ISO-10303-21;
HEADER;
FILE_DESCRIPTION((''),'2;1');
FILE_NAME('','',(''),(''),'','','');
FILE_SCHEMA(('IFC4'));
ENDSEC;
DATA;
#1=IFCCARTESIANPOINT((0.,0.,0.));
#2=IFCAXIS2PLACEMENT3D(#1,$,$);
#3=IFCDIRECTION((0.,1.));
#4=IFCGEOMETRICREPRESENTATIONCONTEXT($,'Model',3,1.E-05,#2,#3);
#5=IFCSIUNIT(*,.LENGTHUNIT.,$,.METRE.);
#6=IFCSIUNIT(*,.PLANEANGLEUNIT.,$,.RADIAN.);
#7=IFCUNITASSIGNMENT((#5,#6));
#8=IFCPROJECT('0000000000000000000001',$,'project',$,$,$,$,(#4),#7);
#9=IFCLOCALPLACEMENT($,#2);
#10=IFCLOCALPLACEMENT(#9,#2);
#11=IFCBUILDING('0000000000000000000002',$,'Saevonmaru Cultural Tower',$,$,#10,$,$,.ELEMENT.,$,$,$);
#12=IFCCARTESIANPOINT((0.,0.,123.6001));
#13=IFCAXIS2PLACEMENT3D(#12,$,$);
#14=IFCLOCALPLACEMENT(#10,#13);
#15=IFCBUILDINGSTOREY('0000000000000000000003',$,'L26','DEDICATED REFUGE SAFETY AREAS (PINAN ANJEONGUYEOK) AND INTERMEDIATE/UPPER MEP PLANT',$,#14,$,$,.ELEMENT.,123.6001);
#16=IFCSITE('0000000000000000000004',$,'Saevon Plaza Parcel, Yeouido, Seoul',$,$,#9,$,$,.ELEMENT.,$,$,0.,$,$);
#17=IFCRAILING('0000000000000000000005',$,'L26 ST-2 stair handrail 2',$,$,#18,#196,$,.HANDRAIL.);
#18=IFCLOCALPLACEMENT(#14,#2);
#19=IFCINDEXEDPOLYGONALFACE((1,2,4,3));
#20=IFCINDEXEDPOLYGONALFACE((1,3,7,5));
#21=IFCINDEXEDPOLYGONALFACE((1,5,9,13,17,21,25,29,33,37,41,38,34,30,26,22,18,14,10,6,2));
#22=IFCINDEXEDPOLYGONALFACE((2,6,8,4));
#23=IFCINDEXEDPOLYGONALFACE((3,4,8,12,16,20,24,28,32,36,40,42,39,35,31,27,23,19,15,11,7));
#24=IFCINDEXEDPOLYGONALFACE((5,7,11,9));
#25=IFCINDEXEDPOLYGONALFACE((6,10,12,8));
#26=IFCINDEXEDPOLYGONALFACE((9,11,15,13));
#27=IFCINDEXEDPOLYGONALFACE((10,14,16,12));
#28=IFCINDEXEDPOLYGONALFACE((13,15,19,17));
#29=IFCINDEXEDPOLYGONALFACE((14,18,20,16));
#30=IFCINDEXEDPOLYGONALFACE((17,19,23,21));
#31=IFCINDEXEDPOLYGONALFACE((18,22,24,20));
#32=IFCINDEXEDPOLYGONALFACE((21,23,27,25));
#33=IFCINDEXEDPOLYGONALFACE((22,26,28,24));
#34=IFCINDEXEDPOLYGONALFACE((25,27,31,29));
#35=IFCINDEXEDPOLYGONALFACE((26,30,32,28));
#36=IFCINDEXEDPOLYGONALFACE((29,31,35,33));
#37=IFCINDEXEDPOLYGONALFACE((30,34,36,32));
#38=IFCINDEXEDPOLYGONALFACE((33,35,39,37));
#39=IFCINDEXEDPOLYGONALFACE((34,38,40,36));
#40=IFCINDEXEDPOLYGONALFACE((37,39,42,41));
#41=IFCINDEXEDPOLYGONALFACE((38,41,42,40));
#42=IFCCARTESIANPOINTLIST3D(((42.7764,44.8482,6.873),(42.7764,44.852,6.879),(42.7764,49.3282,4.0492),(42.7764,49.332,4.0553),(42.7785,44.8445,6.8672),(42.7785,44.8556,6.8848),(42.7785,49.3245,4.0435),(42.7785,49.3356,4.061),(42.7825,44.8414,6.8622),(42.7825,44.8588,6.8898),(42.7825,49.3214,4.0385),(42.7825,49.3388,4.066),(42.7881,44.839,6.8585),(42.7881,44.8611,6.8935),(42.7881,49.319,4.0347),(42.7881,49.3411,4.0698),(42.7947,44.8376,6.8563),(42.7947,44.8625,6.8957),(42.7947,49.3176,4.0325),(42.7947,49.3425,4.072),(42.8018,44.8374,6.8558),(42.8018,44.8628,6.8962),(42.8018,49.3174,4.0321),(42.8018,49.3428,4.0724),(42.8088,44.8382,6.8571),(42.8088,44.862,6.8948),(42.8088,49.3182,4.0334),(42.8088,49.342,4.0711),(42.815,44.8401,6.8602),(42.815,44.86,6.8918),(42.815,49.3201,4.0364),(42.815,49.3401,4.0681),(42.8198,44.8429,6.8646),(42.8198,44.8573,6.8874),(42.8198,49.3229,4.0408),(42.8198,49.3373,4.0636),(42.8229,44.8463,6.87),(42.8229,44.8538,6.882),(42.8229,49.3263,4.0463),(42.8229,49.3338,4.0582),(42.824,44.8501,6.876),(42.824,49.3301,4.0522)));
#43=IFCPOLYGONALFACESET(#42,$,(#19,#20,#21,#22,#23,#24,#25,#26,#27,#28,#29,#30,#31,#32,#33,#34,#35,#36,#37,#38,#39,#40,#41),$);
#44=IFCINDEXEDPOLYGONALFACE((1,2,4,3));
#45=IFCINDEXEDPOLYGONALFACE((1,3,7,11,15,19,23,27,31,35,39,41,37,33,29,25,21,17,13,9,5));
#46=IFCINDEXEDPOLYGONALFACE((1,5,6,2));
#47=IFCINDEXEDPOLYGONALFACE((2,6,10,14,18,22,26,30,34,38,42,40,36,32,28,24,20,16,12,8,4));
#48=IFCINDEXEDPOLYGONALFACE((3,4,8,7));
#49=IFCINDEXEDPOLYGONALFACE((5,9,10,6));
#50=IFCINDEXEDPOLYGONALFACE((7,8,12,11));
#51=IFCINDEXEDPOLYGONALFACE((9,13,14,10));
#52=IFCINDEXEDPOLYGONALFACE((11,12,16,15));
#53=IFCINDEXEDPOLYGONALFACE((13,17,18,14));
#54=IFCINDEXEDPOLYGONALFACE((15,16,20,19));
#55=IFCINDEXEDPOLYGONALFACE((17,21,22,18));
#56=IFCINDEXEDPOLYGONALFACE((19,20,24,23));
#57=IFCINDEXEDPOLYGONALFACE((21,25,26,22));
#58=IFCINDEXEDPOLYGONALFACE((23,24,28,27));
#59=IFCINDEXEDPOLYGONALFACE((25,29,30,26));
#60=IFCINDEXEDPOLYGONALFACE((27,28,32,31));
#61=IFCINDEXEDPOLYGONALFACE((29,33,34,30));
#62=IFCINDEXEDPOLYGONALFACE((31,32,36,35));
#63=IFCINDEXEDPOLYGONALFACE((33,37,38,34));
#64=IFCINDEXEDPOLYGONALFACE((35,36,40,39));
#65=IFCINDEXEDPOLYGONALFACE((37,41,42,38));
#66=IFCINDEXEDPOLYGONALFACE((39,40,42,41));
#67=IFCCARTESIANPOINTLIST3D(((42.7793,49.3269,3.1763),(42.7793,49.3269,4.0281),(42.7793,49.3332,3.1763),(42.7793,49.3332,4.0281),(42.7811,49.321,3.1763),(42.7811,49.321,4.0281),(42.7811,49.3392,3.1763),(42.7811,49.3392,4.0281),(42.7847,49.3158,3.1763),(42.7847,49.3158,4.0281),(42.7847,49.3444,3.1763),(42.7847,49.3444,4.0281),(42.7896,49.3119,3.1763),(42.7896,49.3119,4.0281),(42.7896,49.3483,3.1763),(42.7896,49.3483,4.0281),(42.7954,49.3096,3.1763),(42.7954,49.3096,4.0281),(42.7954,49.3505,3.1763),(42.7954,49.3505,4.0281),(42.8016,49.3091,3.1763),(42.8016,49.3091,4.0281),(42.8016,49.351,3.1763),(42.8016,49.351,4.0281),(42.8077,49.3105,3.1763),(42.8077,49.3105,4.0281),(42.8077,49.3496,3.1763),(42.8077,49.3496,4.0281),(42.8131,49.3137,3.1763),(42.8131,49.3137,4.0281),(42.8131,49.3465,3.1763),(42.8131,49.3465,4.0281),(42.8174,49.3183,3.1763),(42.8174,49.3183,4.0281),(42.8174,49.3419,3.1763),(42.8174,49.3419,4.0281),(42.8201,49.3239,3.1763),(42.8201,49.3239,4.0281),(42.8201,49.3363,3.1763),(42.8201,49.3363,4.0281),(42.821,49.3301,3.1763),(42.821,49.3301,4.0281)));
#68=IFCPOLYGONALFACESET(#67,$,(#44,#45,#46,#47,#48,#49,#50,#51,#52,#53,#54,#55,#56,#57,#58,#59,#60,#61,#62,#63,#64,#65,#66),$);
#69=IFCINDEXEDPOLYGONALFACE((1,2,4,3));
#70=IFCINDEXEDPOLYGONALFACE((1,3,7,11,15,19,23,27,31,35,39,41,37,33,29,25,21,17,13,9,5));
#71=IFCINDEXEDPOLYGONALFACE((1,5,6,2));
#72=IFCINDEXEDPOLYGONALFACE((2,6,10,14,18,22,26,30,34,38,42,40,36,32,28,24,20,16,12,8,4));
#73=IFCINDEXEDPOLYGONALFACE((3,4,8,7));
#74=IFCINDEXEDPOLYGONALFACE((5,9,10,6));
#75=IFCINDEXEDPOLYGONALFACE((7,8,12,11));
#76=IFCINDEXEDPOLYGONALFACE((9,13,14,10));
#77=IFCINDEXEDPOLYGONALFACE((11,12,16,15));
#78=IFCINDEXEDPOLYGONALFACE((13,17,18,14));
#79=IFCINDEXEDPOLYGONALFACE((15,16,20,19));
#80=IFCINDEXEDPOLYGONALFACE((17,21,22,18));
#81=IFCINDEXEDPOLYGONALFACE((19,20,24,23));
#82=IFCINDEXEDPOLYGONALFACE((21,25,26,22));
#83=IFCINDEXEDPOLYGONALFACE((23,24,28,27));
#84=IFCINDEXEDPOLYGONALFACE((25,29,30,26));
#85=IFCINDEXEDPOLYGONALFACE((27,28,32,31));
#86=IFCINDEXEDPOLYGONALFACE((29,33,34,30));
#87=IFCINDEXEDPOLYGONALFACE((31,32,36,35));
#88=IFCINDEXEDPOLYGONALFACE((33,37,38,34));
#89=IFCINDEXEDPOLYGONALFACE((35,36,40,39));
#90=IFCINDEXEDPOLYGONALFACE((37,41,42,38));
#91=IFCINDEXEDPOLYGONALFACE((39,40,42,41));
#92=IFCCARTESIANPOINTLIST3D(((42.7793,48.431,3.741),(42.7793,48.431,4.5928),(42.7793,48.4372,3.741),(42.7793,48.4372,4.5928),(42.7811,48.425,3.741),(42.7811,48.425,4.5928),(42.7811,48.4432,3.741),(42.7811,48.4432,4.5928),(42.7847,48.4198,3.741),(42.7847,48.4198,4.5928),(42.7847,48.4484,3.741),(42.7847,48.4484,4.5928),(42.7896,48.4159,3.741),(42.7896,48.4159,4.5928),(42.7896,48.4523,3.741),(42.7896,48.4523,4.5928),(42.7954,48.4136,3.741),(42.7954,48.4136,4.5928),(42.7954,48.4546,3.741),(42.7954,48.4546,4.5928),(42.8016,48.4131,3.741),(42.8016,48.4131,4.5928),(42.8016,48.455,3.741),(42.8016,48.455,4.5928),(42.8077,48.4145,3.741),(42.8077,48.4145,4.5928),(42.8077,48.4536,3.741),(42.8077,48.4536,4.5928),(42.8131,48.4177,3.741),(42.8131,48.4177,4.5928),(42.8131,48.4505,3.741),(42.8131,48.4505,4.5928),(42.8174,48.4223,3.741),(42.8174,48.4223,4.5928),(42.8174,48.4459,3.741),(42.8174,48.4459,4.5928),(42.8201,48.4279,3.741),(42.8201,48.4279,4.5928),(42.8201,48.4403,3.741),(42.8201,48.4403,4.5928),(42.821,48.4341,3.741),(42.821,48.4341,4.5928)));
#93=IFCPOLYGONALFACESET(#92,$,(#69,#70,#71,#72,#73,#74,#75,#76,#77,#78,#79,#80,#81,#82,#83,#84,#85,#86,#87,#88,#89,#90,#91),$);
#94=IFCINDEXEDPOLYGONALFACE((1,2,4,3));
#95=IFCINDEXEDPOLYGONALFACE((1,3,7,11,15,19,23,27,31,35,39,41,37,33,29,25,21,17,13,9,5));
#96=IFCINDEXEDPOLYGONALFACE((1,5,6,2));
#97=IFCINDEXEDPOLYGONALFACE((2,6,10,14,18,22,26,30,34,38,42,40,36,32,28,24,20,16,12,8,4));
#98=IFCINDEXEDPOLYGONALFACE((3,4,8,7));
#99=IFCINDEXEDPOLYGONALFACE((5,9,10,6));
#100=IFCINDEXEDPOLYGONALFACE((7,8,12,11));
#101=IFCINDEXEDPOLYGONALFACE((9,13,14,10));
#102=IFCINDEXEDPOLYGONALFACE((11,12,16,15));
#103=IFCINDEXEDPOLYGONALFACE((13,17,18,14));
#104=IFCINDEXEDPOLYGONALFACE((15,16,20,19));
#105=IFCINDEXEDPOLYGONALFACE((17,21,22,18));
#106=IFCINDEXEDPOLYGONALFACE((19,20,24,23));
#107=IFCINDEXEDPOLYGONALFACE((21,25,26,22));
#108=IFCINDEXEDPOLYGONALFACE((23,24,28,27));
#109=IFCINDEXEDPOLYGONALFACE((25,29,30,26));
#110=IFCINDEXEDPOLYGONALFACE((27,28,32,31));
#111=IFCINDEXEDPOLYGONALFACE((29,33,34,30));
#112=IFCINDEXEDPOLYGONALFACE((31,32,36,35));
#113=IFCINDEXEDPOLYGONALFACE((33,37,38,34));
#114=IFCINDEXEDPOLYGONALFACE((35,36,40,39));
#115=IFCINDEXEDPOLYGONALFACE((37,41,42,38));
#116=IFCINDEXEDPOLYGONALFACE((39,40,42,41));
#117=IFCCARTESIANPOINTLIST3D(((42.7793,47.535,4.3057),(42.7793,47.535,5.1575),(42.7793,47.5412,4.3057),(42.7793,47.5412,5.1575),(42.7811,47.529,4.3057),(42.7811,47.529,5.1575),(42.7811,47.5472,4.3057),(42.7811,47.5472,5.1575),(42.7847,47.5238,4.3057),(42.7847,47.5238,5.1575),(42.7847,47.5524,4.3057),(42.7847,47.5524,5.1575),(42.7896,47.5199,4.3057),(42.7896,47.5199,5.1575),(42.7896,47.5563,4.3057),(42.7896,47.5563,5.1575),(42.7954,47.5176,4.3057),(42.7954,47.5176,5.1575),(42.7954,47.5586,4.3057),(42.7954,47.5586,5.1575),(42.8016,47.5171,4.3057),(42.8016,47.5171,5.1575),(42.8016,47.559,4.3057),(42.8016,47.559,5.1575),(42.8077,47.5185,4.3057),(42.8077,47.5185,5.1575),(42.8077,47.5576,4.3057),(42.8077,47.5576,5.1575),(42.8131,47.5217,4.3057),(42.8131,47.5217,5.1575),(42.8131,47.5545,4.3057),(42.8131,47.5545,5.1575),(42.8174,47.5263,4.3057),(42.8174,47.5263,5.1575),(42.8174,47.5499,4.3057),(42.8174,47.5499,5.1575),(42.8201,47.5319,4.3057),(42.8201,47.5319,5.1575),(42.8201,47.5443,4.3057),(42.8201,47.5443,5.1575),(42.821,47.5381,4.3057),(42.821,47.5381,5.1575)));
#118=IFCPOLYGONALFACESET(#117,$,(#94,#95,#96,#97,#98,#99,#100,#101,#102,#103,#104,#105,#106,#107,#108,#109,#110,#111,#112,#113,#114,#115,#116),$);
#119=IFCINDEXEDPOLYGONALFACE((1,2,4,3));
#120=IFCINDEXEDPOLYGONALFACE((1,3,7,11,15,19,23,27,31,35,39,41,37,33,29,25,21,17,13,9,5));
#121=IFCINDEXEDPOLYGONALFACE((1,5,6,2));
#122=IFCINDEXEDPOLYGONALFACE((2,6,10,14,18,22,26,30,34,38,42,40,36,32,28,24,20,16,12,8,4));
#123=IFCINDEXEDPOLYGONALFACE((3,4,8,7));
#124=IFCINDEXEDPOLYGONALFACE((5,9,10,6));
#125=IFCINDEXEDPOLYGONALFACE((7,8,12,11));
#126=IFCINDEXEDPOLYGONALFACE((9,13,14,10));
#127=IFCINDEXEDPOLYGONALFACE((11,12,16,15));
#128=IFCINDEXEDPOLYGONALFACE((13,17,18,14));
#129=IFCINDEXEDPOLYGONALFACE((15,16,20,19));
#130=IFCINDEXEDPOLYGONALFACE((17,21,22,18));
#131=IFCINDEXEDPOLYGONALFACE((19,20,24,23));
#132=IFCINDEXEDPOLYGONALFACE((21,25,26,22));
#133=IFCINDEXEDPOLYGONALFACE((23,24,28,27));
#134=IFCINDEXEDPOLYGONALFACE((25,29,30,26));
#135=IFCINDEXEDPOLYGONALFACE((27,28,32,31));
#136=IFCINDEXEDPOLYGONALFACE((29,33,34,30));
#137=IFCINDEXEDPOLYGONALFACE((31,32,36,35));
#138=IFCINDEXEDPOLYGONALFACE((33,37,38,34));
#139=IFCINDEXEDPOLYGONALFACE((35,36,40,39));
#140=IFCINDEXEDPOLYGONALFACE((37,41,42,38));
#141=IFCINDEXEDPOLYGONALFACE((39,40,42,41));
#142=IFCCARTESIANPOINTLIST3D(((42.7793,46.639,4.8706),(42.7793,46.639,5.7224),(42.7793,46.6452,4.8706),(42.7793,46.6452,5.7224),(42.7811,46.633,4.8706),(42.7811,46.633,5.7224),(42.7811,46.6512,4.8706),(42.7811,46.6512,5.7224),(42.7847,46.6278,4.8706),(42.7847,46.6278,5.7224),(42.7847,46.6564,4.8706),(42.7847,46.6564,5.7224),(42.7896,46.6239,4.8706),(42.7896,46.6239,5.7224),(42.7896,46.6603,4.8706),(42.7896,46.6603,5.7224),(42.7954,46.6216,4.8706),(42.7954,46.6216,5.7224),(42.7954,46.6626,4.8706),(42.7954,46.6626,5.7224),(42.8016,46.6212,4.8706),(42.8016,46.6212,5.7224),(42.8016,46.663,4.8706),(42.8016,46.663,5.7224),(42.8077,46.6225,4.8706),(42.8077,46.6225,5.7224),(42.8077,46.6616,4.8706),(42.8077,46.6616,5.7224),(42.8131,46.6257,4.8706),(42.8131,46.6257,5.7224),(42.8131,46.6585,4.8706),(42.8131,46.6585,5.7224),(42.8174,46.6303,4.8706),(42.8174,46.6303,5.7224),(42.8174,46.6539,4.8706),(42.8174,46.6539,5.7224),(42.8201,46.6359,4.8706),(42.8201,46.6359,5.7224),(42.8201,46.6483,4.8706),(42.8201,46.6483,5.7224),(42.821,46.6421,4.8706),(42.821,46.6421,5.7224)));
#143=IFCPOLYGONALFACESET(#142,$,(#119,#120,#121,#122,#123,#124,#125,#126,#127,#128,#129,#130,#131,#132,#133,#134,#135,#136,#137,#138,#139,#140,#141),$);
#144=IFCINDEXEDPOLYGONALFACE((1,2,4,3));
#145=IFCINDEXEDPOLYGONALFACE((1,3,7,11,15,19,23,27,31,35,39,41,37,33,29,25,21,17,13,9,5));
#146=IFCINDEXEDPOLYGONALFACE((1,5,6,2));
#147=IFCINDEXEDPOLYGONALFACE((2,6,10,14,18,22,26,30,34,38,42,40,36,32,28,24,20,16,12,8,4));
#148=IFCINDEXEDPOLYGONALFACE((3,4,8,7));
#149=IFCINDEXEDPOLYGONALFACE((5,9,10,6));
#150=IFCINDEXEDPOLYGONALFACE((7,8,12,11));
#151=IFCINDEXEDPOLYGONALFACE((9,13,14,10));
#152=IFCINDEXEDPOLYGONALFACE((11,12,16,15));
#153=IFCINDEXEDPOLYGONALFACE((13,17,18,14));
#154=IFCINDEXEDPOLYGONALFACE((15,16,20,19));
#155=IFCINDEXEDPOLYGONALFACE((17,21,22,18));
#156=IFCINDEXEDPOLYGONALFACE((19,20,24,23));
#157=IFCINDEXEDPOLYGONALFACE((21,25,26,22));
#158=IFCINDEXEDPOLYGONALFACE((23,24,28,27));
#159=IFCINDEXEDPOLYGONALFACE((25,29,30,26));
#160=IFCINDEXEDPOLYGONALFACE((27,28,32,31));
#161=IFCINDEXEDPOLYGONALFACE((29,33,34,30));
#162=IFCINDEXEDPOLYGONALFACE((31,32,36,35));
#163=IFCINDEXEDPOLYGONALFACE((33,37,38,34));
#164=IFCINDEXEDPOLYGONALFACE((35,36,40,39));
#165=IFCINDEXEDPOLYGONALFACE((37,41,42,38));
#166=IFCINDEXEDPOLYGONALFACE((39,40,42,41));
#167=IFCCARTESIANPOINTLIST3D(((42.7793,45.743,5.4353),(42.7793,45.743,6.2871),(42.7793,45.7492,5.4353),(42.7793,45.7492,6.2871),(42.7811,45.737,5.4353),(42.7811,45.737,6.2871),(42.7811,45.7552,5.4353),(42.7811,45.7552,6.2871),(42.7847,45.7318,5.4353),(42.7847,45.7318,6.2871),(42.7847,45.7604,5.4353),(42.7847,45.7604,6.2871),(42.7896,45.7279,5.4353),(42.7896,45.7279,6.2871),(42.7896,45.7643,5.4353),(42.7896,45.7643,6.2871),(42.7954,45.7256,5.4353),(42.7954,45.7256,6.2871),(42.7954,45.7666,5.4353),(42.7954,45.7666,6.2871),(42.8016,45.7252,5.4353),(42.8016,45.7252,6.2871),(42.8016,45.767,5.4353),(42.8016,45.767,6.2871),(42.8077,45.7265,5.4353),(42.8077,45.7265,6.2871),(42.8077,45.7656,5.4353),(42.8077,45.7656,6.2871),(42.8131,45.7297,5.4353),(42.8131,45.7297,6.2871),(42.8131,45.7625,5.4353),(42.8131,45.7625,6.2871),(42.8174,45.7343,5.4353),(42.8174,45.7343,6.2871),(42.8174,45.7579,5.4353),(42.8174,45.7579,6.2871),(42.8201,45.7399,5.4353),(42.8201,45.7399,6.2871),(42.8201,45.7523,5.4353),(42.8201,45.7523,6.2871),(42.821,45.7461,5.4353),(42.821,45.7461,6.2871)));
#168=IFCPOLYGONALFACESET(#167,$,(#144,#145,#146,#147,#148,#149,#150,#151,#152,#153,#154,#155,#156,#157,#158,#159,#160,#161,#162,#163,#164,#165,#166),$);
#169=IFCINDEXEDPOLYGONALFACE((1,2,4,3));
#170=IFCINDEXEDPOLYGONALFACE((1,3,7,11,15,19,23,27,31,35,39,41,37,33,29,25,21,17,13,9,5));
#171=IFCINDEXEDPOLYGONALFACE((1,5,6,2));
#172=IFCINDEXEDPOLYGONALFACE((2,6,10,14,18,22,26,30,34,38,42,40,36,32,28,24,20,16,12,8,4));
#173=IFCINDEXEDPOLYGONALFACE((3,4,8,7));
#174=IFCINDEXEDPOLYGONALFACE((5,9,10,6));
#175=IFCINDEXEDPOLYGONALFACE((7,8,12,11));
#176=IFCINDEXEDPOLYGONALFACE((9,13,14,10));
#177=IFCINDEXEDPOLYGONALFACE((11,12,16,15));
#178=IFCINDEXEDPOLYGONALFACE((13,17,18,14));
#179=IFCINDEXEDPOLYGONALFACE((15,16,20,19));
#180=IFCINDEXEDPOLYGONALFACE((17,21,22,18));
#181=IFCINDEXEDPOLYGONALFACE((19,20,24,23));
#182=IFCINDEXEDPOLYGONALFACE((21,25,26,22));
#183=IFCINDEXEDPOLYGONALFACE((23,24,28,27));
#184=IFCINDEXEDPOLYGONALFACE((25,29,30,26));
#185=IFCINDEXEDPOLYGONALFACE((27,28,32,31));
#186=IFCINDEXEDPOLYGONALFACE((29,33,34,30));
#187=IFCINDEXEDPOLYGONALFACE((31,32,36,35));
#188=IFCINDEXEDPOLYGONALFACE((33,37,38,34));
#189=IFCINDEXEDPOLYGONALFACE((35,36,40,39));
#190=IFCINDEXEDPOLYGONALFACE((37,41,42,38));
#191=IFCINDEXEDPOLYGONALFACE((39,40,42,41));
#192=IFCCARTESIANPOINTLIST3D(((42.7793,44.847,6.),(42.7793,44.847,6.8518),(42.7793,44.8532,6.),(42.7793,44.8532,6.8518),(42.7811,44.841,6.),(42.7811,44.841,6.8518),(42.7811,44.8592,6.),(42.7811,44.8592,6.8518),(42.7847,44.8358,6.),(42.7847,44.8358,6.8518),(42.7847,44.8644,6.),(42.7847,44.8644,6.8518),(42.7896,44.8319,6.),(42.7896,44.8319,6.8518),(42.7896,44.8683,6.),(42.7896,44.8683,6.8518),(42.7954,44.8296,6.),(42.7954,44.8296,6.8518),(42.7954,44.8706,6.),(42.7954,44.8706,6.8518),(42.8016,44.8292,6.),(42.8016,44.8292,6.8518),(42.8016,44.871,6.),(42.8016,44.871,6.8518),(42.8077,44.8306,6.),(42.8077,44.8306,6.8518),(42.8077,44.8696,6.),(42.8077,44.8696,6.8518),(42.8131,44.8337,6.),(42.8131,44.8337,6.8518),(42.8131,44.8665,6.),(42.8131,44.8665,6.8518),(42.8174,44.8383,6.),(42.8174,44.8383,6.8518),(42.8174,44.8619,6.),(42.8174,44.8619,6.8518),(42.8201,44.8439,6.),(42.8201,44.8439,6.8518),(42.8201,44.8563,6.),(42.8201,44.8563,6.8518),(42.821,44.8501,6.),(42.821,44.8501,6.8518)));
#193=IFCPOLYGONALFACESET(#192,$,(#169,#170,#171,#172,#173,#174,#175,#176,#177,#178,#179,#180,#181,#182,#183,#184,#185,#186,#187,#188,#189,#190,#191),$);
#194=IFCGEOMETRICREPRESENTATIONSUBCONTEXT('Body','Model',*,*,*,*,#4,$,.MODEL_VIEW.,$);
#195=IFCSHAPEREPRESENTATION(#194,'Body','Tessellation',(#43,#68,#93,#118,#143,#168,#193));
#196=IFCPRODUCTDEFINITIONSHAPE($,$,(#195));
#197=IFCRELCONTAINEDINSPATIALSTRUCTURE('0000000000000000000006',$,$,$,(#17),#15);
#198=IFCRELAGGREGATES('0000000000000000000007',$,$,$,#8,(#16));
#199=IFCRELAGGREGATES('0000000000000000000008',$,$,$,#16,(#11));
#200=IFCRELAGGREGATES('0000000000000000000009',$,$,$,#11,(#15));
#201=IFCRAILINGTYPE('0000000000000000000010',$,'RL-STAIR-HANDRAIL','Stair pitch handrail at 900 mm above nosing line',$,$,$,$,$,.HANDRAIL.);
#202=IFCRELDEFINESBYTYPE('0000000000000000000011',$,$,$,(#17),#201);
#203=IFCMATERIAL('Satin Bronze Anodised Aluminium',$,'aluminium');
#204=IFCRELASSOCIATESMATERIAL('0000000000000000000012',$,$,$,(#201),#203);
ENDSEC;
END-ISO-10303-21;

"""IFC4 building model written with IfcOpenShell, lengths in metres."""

from ifc_helpers import new_model, si_unit, direction, frame, origin, origin_2d, place, context, subcontext, project, spatial, circle, extrude, material, type_object, element, save


model = new_model("IFC4")

# Units and contexts
model_context = context("Model", 3, precision=1e-05, world=origin(), true_north=direction((0.0, 1.0)))
body_context = subcontext(model_context, "Body", "Model", "MODEL_VIEW")
ifc_project = project(units=[si_unit("LENGTHUNIT", "METRE"), si_unit("PLANEANGLEUNIT", "RADIAN")], contexts=[model_context])

# Site, building, storey
site_placement = place(None, origin())
site = spatial("IfcSite", under=ifc_project, at=site_placement, Name="Saevon Plaza Parcel, Yeouido, Seoul", CompositionType="ELEMENT", RefElevation=0.0)
building_placement = place(site_placement, origin())
building = spatial("IfcBuilding", under=site, at=building_placement, Name="Saevonmaru Cultural Tower", CompositionType="ELEMENT")
storey_placement = place(building_placement, frame((0.0, 0.0, 123.6001)))
storey = spatial("IfcBuildingStorey", under=building, at=storey_placement, Name="L26", Description="DEDICATED REFUGE SAFETY AREAS (PINAN ANJEONGUYEOK) AND INTERMEDIATE/UPPER MEP PLANT", CompositionType="ELEMENT", Elevation=123.6001)

# Shared definitions
ifc_material_1 = material(Name="Satin Bronze Anodised Aluminium", Category="aluminium")

# Railing
railing_type = type_object("IfcRailingType", Name="RL-STAIR-HANDRAIL", Description="Stair pitch handrail at 900 mm above nosing line", PredefinedType="HANDRAIL", material=ifc_material_1)
railing_placement = place(storey_placement, frame((42.8, 49.3301, 3.1763)))
element("IfcRailing", 1, at=railing_placement, inside=storey, type_object=railing_type, Name="L26 ST-2 stair handrail 2", PredefinedType="HANDRAIL", context=body_context, shape_type="SweptSolid", body=[
    extrude(circle(Radius=0.0239, at=origin_2d()), frame((0.0, 0.0, 0.876), z_axis=(0.0, -0.845977, 0.533219), x_axis=(1.0, 0.0, 0.0)), (0.0, 0.0, 1.0), 5.2957),
    extrude(circle(Radius=0.021, at=origin_2d()), origin(), (0.0, 0.0, 1.0), 0.8518),
    extrude(circle(Radius=0.021, at=origin_2d()), frame((0.0, -0.896, 0.5647)), (0.0, 0.0, 1.0), 0.8518),
    extrude(circle(Radius=0.021, at=origin_2d()), frame((0.0, -1.792, 1.1294)), (0.0, 0.0, 1.0), 0.8518),
    extrude(circle(Radius=0.021, at=origin_2d()), frame((0.0, -2.688, 1.6943)), (0.0, 0.0, 1.0), 0.8518),
    extrude(circle(Radius=0.021, at=origin_2d()), frame((0.0, -3.584, 2.259)), (0.0, 0.0, 1.0), 0.8518),
    extrude(circle(Radius=0.021, at=origin_2d()), frame((0.0, -4.48, 2.8237)), (0.0, 0.0, 1.0), 0.8518),
])

save(model, "model.ifc")
